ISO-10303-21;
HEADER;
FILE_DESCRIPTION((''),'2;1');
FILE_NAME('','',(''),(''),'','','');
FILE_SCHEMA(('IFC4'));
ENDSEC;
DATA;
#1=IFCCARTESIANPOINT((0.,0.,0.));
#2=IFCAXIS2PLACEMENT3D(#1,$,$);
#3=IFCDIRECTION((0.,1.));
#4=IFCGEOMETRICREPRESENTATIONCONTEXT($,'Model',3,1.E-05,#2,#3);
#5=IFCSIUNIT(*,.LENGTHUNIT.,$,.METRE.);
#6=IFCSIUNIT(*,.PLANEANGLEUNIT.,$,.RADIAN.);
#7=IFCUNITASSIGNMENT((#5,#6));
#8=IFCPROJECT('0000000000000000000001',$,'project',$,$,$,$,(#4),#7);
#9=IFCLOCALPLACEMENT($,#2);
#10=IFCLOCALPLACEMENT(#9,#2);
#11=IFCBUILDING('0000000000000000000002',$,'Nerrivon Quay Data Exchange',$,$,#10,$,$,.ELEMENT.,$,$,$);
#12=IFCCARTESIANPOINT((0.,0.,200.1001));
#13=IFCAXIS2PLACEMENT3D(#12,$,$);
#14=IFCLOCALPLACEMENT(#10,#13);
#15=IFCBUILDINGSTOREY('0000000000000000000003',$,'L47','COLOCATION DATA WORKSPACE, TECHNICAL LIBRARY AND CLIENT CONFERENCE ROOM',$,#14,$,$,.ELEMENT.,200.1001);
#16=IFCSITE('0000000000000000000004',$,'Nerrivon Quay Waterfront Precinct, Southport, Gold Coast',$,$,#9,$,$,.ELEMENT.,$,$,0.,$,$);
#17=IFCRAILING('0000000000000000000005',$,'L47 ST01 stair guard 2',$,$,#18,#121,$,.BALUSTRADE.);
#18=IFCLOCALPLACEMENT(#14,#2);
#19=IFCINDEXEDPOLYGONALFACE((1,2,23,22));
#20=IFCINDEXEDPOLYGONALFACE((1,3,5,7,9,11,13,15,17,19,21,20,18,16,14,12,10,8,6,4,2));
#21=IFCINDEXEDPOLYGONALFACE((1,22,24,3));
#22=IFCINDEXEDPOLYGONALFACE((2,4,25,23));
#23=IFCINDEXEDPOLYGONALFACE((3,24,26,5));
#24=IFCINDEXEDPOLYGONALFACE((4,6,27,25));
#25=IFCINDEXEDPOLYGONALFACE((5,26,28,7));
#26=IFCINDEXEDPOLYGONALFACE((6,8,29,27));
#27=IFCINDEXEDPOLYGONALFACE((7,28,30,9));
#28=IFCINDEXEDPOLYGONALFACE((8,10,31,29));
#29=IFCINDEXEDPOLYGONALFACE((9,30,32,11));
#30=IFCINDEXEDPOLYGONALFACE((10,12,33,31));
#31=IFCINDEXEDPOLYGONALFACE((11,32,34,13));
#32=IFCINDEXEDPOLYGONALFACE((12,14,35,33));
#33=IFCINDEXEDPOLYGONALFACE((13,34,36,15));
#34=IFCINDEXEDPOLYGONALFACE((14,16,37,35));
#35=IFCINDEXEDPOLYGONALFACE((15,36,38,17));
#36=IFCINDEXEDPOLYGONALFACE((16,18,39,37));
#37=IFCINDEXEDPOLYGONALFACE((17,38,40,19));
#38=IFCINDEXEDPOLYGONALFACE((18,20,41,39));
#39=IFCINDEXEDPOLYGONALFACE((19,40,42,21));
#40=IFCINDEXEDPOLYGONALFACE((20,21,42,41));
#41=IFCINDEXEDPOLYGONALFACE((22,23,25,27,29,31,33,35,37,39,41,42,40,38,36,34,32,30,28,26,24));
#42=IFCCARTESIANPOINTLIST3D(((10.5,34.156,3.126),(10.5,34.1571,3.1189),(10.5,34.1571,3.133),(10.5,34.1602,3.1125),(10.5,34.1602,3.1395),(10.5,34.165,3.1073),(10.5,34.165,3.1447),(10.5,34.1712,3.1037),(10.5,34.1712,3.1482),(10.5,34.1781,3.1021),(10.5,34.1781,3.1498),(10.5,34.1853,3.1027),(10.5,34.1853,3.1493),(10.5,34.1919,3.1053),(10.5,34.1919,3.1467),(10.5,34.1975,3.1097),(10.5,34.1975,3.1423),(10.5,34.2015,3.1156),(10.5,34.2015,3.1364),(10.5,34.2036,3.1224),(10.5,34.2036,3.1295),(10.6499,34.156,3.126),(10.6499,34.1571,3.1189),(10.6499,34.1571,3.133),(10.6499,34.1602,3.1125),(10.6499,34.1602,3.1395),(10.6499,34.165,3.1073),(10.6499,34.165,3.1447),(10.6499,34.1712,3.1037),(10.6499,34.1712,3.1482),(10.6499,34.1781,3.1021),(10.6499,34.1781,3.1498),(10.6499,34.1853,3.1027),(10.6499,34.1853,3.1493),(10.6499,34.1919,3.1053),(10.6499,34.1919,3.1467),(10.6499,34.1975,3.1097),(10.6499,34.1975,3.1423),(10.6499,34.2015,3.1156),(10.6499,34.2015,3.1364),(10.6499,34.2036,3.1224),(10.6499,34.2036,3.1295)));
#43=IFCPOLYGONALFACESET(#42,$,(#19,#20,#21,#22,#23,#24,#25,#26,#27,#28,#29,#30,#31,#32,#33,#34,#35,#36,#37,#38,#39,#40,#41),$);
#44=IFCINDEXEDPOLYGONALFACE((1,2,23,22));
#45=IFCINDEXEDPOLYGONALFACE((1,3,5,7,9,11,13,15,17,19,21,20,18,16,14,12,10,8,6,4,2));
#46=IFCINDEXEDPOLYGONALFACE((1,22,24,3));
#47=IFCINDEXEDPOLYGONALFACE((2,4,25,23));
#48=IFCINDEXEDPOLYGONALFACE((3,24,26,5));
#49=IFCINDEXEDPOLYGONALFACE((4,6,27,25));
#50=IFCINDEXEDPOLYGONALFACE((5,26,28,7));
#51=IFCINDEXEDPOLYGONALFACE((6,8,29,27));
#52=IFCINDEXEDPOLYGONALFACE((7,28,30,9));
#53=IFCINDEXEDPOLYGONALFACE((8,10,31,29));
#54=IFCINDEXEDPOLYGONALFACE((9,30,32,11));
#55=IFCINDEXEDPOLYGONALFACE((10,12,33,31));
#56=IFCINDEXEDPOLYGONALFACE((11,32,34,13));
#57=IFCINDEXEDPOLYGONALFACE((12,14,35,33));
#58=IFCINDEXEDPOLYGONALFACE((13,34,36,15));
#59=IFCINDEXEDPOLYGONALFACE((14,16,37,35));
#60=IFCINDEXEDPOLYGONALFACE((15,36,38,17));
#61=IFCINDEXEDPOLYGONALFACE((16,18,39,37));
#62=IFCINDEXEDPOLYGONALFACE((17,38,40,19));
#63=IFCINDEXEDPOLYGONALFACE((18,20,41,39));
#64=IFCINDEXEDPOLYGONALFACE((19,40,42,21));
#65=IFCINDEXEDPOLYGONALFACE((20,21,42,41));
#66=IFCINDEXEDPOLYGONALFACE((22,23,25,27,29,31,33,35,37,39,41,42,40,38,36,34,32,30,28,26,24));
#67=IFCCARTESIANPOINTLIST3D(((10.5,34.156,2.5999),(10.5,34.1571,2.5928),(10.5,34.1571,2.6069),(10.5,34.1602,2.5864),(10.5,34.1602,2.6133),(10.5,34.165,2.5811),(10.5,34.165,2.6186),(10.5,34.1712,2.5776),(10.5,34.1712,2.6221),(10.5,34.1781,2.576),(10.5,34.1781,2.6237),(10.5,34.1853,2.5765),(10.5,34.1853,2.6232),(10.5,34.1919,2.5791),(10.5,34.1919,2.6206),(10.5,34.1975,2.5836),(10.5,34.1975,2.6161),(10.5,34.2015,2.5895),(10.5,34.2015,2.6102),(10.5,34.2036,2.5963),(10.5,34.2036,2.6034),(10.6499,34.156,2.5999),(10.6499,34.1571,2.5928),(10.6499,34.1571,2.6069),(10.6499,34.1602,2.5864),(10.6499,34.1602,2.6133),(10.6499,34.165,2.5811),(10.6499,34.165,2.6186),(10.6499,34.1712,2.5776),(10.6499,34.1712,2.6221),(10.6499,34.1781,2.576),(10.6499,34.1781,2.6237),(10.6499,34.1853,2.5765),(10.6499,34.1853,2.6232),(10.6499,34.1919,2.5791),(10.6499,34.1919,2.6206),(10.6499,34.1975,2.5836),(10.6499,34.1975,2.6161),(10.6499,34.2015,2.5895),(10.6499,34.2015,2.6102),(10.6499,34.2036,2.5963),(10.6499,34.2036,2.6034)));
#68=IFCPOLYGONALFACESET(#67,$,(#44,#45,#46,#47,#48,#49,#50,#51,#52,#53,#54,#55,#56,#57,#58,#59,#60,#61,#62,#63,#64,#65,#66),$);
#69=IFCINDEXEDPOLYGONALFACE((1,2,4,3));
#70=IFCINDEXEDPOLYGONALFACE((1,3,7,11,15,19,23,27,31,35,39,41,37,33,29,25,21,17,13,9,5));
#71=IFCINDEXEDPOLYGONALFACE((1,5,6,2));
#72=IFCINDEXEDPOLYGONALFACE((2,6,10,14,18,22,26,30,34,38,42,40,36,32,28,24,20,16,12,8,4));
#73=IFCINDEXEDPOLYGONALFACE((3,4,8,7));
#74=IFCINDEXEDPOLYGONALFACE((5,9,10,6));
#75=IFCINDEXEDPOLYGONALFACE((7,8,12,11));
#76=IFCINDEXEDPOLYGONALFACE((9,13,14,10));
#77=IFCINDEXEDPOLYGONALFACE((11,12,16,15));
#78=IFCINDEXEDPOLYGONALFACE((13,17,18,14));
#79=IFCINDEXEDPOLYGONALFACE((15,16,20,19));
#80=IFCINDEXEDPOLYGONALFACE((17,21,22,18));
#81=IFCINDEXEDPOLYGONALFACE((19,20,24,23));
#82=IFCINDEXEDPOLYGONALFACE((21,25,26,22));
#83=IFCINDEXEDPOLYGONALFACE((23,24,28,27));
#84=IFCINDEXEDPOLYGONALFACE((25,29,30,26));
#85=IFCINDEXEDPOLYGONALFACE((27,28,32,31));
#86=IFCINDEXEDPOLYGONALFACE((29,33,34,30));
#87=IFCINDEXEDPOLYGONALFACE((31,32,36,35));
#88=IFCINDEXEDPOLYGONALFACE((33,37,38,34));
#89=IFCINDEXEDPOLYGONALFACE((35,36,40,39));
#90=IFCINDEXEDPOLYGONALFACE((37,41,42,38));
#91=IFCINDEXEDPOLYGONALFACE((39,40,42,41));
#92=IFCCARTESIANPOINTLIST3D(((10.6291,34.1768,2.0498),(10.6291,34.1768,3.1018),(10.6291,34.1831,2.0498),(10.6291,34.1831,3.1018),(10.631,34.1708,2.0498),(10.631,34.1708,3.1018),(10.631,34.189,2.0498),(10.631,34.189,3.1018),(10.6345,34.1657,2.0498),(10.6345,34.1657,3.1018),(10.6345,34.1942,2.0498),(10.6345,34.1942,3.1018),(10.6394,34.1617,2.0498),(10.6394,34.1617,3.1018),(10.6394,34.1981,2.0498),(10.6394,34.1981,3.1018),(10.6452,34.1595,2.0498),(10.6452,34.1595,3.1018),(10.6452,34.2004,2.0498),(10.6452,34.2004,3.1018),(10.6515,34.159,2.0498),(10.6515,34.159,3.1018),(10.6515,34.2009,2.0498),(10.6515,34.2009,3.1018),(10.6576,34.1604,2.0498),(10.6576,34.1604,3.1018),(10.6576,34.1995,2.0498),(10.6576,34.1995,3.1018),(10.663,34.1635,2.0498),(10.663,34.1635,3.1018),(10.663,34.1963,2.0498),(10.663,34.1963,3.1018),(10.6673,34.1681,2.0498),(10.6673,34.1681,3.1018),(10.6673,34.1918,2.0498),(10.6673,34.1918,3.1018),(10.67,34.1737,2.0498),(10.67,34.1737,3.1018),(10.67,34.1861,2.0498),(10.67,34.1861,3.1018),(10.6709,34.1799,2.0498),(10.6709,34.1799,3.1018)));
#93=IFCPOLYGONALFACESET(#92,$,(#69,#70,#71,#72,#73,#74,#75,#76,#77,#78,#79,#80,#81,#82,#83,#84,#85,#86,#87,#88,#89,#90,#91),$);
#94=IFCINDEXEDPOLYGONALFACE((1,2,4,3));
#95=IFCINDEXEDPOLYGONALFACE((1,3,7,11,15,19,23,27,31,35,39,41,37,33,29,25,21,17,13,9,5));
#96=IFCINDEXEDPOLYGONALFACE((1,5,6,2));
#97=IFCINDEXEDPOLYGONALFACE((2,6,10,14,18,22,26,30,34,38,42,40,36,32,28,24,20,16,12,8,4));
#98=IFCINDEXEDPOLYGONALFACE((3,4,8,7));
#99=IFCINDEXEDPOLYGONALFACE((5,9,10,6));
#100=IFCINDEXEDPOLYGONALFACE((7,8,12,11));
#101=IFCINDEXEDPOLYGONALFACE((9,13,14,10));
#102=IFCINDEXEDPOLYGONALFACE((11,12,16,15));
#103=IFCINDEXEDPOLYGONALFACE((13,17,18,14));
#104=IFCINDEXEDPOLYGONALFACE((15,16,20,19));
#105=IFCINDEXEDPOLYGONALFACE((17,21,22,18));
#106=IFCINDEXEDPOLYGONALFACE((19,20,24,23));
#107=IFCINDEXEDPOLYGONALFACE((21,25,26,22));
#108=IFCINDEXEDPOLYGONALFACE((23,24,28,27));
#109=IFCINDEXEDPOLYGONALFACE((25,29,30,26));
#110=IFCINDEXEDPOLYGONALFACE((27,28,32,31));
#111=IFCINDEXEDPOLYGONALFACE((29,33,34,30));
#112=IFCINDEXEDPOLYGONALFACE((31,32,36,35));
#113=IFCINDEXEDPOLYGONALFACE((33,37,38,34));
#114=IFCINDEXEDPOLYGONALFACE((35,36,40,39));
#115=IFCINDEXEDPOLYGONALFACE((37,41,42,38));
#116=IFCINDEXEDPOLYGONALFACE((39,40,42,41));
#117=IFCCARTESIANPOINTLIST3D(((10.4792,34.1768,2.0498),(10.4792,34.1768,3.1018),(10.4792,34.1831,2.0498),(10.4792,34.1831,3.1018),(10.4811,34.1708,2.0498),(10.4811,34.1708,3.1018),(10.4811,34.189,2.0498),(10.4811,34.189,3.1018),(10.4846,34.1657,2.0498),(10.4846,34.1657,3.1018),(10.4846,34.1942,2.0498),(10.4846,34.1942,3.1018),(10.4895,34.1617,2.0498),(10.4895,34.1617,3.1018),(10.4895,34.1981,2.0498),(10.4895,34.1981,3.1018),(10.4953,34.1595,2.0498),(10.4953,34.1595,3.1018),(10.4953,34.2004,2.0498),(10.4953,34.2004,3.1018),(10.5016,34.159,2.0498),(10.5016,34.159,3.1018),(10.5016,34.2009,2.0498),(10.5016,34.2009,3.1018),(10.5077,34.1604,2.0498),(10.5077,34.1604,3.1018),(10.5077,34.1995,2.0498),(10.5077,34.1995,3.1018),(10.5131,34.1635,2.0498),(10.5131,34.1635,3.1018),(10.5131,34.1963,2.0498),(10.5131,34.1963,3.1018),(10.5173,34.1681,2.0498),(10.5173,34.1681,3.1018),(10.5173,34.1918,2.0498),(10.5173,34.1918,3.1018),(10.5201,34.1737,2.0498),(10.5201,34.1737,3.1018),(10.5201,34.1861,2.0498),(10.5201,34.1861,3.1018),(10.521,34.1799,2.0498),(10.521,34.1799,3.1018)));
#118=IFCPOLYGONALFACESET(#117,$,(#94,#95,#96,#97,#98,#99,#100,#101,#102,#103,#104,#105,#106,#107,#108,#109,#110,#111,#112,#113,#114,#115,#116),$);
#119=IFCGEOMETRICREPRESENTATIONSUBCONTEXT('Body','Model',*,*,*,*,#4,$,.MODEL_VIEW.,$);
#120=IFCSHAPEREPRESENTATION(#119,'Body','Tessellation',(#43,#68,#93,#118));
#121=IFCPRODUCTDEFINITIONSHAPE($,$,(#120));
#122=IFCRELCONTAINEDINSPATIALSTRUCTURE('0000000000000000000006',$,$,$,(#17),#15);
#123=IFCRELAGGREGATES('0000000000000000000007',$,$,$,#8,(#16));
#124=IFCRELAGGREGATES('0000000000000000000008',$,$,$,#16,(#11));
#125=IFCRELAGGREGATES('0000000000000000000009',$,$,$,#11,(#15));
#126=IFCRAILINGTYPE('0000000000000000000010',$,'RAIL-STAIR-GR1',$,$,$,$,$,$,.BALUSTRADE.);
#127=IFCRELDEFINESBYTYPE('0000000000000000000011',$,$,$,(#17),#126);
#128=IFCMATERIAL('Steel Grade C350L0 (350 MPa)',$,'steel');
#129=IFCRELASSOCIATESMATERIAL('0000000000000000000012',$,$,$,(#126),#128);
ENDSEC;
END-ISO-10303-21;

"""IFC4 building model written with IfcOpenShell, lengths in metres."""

from ifc_helpers import new_model, si_unit, direction, frame, origin, origin_2d, place, context, subcontext, project, spatial, circle, extrude, material, type_object, element, save


model = new_model("IFC4")

# Units and contexts
model_context = context("Model", 3, precision=1e-05, world=origin(), true_north=direction((0.0, 1.0)))
body_context = subcontext(model_context, "Body", "Model", "MODEL_VIEW")
ifc_project = project(units=[si_unit("LENGTHUNIT", "METRE"), si_unit("PLANEANGLEUNIT", "RADIAN")], contexts=[model_context])

# Site, building, storey
site_placement = place(None, origin())
site = spatial("IfcSite", under=ifc_project, at=site_placement, Name="Nerrivon Quay Waterfront Precinct, Southport, Gold Coast", CompositionType="ELEMENT", RefElevation=0.0)
building_placement = place(site_placement, origin())
building = spatial("IfcBuilding", under=site, at=building_placement, Name="Nerrivon Quay Data Exchange", CompositionType="ELEMENT")
storey_placement = place(building_placement, frame((0.0, 0.0, 200.1001)))
storey = spatial("IfcBuildingStorey", under=building, at=storey_placement, Name="L47", Description="COLOCATION DATA WORKSPACE, TECHNICAL LIBRARY AND CLIENT CONFERENCE ROOM", CompositionType="ELEMENT", Elevation=200.1001)

# Shared definitions
ifc_material_1 = material(Name="Steel Grade C350L0 (350 MPa)", Category="steel")

# Railing
railing_type = type_object("IfcRailingType", Name="RAIL-STAIR-GR1", PredefinedType="BALUSTRADE", material=ifc_material_1)
railing_1_placement = place(storey_placement, frame((10.6499, 34.1799, 2.0498)))
element("IfcRailing", 1, at=railing_1_placement, inside=storey, type_object=railing_type, Name="L47 ST01 stair guard 2", PredefinedType="BALUSTRADE", context=body_context, shape_type="SweptSolid", body=[
    extrude(circle(Radius=0.0239, at=origin_2d()), frame((0.0, 0.0, 1.0762), z_axis=(-1.0, 0.0, 0.0), x_axis=(0.0, -1.0, 0.0)), (0.0, 0.0, 1.0), 0.1499),
    extrude(circle(Radius=0.0239, at=origin_2d()), frame((0.0, 0.0, 0.55), z_axis=(-1.0, 0.0, 0.0), x_axis=(0.0, -1.0, 0.0)), (0.0, 0.0, 1.0), 0.1499),
    extrude(circle(Radius=0.021, at=origin_2d()), origin(), (0.0, 0.0, 1.0), 1.052),
    extrude(circle(Radius=0.021, at=origin_2d()), frame((-0.1499, 0.0, 0.0)), (0.0, 0.0, 1.0), 1.052),
])

save(model, "model.ifc")
